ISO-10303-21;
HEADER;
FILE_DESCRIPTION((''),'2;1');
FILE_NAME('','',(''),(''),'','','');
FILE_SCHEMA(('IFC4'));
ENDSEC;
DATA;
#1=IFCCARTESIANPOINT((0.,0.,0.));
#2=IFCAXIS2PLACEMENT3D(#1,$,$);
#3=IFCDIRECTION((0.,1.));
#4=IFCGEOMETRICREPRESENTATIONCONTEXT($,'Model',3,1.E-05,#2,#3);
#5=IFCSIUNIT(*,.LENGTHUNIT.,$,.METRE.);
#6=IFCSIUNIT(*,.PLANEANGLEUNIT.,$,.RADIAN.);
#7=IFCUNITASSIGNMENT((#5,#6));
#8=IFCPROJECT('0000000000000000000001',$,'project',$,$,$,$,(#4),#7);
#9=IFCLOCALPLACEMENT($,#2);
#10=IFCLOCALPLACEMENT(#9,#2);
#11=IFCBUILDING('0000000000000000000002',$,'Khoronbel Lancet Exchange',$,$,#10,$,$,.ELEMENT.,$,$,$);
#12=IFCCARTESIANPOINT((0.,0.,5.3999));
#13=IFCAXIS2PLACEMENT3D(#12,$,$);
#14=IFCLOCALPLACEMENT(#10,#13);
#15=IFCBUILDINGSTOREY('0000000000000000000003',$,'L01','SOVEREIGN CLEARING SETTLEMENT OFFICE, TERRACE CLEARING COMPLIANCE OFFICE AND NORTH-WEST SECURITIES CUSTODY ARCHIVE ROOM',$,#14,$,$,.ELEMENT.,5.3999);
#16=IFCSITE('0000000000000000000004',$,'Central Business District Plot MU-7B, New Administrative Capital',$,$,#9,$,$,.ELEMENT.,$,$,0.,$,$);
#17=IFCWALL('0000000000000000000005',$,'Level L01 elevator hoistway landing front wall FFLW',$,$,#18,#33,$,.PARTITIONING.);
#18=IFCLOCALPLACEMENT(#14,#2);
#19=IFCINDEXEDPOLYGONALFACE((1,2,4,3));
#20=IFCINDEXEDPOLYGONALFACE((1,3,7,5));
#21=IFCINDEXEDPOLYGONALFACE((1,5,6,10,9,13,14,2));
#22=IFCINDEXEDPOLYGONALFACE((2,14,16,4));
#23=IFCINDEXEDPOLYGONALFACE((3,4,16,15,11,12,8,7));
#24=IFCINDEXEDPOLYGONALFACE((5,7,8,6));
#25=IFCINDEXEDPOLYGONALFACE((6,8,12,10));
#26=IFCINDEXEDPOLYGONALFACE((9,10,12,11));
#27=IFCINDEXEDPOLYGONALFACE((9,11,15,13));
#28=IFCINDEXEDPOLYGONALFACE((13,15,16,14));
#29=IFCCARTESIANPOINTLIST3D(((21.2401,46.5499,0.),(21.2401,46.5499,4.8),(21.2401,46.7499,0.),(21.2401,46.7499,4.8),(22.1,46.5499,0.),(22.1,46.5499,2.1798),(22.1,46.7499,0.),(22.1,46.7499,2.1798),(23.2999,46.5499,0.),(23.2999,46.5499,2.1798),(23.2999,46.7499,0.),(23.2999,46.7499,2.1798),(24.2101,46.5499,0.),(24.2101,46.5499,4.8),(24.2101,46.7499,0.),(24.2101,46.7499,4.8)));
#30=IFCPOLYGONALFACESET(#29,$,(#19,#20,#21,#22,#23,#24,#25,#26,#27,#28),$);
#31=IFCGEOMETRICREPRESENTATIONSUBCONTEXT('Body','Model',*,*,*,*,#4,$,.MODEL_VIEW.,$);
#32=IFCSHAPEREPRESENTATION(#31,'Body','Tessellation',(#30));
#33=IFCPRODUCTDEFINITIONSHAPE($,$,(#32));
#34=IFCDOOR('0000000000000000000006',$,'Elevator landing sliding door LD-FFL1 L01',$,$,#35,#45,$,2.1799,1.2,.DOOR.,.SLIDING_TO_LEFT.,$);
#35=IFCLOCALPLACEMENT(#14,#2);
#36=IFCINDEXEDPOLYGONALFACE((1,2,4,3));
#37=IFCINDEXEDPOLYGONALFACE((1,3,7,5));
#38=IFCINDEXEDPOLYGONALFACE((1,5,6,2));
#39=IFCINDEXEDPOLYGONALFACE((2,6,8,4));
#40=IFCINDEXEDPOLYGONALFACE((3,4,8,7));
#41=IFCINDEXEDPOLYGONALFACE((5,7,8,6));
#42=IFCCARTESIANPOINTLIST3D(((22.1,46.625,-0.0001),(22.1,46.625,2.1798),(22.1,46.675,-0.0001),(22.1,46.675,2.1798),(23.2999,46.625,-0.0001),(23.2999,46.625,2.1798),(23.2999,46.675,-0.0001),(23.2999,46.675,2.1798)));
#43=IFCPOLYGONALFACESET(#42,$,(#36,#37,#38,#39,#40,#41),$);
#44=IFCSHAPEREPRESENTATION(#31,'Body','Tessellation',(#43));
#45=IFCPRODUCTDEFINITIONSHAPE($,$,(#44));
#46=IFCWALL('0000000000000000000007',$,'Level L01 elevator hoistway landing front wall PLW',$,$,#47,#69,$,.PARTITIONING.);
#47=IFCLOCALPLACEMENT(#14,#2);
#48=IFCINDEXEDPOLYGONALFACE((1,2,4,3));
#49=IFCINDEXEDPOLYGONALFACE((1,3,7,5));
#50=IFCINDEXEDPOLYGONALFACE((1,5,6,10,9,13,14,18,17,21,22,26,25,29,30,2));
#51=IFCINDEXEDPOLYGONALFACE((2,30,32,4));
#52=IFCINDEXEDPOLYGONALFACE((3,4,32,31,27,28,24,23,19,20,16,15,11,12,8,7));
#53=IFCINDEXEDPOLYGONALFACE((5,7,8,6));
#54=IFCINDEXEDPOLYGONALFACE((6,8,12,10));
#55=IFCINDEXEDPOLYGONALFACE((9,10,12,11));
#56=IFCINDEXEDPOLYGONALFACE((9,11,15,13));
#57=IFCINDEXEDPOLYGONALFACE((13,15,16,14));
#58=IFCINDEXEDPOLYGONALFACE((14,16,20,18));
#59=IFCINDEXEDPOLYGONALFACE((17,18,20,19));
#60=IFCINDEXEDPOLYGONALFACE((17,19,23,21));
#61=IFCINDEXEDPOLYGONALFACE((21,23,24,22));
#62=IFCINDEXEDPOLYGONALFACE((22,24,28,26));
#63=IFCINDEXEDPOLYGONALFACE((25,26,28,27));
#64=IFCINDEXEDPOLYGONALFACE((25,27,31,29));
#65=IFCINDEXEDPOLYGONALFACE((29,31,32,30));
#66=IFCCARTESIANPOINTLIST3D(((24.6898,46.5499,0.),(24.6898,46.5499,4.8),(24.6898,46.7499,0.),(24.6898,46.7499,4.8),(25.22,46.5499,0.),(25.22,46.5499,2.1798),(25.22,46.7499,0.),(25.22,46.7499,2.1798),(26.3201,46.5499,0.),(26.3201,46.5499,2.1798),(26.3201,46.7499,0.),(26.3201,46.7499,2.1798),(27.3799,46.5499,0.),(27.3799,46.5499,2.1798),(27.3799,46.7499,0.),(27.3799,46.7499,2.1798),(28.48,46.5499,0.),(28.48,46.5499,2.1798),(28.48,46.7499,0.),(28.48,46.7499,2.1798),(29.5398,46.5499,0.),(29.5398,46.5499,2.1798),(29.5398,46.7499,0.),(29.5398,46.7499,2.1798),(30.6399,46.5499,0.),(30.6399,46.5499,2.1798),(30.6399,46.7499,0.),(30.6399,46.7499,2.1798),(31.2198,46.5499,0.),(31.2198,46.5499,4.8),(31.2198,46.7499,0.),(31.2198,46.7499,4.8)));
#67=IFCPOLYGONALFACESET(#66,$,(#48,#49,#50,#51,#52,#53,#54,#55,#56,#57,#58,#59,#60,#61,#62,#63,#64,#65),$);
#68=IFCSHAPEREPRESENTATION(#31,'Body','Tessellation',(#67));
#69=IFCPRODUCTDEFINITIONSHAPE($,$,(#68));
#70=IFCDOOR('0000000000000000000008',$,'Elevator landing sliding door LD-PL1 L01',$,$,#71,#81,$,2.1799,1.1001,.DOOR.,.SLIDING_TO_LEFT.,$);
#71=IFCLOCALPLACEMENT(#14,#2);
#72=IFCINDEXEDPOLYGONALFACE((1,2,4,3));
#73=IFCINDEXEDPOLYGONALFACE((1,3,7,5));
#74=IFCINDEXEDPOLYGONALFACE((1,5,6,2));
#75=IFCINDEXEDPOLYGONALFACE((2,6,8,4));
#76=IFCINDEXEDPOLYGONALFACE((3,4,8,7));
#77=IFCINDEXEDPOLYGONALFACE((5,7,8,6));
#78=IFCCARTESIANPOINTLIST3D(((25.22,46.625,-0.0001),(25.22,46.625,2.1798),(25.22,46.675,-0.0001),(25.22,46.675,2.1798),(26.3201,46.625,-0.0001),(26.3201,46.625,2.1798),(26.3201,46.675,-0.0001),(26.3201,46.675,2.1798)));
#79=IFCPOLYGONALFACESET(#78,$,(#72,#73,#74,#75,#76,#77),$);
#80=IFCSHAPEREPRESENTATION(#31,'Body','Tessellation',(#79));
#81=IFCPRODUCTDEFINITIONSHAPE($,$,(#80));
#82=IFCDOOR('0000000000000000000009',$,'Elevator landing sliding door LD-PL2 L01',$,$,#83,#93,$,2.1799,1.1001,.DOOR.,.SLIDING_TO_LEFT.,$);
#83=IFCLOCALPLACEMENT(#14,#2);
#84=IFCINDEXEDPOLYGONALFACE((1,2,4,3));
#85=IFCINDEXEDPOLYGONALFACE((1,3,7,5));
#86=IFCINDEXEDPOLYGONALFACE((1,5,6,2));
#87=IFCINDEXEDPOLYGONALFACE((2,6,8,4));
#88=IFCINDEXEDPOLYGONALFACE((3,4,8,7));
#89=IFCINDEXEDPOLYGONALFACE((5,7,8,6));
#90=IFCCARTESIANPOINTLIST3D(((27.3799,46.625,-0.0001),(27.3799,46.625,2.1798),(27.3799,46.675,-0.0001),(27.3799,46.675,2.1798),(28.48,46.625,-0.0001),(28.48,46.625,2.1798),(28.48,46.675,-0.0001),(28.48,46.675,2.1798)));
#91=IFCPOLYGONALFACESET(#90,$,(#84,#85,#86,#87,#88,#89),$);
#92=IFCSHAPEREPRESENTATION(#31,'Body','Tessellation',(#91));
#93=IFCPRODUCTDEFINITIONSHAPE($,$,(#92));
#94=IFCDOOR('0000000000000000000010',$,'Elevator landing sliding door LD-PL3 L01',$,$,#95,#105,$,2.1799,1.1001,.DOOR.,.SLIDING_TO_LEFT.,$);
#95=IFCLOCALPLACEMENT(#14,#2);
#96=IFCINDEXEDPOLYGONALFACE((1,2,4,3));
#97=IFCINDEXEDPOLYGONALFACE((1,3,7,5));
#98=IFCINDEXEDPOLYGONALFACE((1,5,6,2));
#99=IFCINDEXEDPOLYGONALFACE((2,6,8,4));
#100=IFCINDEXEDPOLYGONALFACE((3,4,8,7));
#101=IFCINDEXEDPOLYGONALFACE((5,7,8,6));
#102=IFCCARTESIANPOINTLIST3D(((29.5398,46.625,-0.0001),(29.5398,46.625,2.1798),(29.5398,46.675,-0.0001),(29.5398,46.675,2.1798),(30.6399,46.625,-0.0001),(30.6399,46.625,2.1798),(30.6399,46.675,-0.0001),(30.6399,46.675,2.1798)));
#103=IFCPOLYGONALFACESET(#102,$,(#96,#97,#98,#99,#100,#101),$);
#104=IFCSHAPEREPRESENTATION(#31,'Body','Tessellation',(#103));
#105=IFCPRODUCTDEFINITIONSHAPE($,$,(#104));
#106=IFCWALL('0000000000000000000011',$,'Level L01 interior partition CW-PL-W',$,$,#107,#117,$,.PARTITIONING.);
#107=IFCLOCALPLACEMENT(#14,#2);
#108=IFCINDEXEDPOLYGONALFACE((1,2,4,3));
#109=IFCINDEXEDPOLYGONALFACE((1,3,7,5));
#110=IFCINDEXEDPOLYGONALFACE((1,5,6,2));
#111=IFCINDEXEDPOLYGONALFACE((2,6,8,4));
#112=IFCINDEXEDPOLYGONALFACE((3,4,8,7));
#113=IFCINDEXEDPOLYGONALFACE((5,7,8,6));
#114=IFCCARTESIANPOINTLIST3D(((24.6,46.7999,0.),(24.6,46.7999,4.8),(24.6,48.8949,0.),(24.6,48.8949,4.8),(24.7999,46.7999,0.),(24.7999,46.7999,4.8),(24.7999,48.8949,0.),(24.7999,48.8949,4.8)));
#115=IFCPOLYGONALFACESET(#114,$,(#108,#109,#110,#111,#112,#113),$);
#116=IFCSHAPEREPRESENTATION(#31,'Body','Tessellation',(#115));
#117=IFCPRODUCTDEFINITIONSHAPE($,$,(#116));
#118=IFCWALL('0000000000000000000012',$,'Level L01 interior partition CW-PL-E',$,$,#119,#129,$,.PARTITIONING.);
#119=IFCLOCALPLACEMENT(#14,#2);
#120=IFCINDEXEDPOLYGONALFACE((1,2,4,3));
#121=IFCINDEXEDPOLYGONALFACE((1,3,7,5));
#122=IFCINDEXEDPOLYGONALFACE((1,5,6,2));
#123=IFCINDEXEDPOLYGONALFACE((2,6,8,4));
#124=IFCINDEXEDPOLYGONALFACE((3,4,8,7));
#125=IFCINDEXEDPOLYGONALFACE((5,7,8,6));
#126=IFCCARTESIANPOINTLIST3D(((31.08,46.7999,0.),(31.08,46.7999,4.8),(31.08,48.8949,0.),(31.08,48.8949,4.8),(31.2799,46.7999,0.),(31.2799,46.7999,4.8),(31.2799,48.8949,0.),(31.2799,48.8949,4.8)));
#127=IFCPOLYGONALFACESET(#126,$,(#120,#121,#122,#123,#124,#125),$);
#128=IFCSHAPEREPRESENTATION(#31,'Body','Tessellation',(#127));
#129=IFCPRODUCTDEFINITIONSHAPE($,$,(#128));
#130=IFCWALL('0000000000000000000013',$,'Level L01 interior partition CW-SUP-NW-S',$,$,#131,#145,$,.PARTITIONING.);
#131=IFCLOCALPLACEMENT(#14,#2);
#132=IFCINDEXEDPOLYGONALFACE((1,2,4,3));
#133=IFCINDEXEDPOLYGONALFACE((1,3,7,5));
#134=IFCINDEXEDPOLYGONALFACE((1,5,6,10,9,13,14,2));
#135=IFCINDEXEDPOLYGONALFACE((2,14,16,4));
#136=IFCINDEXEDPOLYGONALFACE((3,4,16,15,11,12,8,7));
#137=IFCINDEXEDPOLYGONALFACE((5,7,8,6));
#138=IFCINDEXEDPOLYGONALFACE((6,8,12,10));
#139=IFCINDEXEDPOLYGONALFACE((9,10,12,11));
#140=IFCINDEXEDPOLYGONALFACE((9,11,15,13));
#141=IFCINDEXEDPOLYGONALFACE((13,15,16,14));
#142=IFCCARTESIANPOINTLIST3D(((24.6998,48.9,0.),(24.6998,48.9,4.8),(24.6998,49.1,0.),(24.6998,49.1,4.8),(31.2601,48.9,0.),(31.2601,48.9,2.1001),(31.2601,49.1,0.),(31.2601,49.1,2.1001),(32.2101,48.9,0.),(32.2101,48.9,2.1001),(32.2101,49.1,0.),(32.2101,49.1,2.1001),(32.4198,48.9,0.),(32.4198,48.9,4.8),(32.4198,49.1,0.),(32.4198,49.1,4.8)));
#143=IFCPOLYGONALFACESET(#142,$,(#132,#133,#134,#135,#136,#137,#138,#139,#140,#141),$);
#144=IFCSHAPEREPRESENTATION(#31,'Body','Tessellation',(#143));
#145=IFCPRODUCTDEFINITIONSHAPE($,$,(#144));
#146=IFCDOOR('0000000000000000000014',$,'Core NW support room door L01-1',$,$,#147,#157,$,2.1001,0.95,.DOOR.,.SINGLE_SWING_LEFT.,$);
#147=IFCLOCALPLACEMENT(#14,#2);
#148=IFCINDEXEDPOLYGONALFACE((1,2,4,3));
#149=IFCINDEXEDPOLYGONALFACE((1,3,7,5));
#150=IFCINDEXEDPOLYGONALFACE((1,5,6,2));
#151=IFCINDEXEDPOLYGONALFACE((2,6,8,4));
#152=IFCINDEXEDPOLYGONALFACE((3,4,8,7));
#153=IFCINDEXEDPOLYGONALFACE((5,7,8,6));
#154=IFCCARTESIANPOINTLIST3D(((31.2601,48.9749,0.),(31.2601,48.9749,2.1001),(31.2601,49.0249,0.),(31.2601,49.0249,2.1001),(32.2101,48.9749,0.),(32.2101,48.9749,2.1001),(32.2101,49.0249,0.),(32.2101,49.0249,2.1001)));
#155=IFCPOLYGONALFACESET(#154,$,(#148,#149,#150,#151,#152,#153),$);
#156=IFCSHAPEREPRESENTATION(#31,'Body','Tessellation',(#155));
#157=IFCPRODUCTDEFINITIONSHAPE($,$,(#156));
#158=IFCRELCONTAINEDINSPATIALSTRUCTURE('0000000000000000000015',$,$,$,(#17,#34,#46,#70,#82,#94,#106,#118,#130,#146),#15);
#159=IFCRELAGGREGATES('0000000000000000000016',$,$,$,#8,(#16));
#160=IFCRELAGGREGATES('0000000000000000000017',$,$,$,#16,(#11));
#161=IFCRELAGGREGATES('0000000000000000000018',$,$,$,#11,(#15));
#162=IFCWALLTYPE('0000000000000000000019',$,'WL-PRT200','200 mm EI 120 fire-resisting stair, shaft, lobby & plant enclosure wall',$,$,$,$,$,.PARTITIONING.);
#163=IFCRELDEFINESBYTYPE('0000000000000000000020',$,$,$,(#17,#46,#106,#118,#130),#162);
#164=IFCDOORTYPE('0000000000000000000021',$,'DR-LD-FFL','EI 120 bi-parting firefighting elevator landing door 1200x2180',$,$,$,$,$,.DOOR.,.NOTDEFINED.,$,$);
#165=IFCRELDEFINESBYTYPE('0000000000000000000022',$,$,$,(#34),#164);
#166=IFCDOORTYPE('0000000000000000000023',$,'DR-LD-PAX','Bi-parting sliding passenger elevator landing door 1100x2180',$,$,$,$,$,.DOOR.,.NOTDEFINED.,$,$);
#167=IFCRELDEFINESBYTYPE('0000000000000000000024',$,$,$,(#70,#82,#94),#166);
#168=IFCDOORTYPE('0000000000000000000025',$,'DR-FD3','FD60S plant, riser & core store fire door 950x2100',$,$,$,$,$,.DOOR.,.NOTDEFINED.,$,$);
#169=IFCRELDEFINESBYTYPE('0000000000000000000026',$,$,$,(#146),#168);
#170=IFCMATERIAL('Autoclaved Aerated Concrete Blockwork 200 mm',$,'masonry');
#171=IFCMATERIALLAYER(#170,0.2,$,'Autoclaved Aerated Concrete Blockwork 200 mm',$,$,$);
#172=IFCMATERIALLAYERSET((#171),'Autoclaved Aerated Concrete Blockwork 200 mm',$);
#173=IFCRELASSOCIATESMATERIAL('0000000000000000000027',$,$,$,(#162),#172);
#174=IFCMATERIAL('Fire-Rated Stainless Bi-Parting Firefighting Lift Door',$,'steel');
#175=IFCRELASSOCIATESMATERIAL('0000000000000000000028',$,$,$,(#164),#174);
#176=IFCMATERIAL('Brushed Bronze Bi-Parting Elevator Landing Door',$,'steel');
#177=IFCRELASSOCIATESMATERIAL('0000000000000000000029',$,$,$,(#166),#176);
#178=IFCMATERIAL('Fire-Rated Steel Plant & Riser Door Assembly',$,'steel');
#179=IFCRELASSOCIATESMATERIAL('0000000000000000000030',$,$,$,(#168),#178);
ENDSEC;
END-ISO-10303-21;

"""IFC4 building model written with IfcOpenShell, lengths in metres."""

from ifc_helpers import new_model, si_unit, direction, frame, frame_2d, origin, place, context, subcontext, project, spatial, rectangle, extrude, material, layer, layer_set, type_object, element, fill, save


model = new_model("IFC4")

# Units and contexts
model_context = context("Model", 3, precision=1e-05, world=origin(), true_north=direction((0.0, 1.0)))
body_context = subcontext(model_context, "Body", "Model", "MODEL_VIEW")
ifc_project = project(units=[si_unit("LENGTHUNIT", "METRE"), si_unit("PLANEANGLEUNIT", "RADIAN")], contexts=[model_context])

# Site, building, storey
site_placement = place(None, origin())
site = spatial("IfcSite", under=ifc_project, at=site_placement, Name="Central Business District Plot MU-7B, New Administrative Capital", CompositionType="ELEMENT", RefElevation=0.0)
building_placement = place(site_placement, origin())
building = spatial("IfcBuilding", under=site, at=building_placement, Name="Khoronbel Lancet Exchange", CompositionType="ELEMENT")
storey_placement = place(building_placement, frame((0.0, 0.0, 5.3999)))
storey = spatial("IfcBuildingStorey", under=building, at=storey_placement, Name="L01", Description="SOVEREIGN CLEARING SETTLEMENT OFFICE, TERRACE CLEARING COMPLIANCE OFFICE AND NORTH-WEST SECURITIES CUSTODY ARCHIVE ROOM", CompositionType="ELEMENT", Elevation=5.3999)

# Wall, opening, door
ifc_material_1 = material(Name="Autoclaved Aerated Concrete Blockwork 200 mm", Category="masonry")
ifc_layer_1 = layer(ifc_material_1, 0.2, Name="Autoclaved Aerated Concrete Blockwork 200 mm")
ifc_layer_set_1 = layer_set([ifc_layer_1], Name="Autoclaved Aerated Concrete Blockwork 200 mm")
wall_type_1 = type_object("IfcWallType", Name="WL-PRT200", Description="200 mm EI 120 fire-resisting stair, shaft, lobby & plant enclosure wall", PredefinedType="PARTITIONING", material=ifc_layer_set_1)
wall_1_placement = place(storey_placement, frame((24.21, 46.6499, 0.0), z_axis=(0.0, 0.0, 1.0), x_axis=(-1.0, 0.0, 0.0)))
wall_1 = element("IfcWall", 1, at=wall_1_placement, inside=storey, type_object=wall_type_1, Name="Level L01 elevator hoistway landing front wall FFLW", PredefinedType="PARTITIONING", context=body_context, shape_type="SweptSolid", body=[
    extrude(rectangle(XDim=2.97, YDim=0.2, at=frame_2d((1.4849, 0.0))), origin(), (0.0, 0.0, 1.0), 4.8),
])
opening_1_placement = place(wall_1_placement, frame((0.9099, 0.0, 0.0)))
opening_1 = element("IfcOpeningElement", 2, at=opening_1_placement, cuts=wall_1, PredefinedType="OPENING", context=body_context, shape_type="SweptSolid", body=[
    extrude(rectangle(XDim=1.2, YDim=2.1799, at=frame_2d((0.6001, 1.0898))), frame((0.0, 0.1099, 0.0), z_axis=(0.0, -1.0, 0.0), x_axis=(1.0, 0.0, 0.0)), (0.0, 0.0, 1.0), 0.22),
])
ifc_material_2 = material(Name="Fire-Rated Stainless Bi-Parting Firefighting Lift Door", Category="steel")
door_type_1 = type_object("IfcDoorType", Name="DR-LD-FFL", Description="EI 120 bi-parting firefighting elevator landing door 1200x2180", OperationType="NOTDEFINED", PredefinedType="DOOR", material=ifc_material_2)
door_1_placement = place(opening_1_placement, origin())
door_1 = element("IfcDoor", 3, at=door_1_placement, inside=storey, type_object=door_type_1, Name="Elevator landing sliding door LD-FFL1 L01", OperationType="SLIDING_TO_LEFT", OverallHeight=2.1799, OverallWidth=1.2, PredefinedType="DOOR", context=body_context, shape_type="SweptSolid", body=[
    extrude(rectangle(XDim=1.2, YDim=2.1799, at=frame_2d((0.6001, 1.0898))), frame((0.0, 0.0249, 0.0), z_axis=(0.0, -1.0, 0.0), x_axis=(1.0, 0.0, 0.0)), (0.0, 0.0, 1.0), 0.05),
])
fill(opening_1, door_1)

# Wall, openings, doors
wall_2_placement = place(storey_placement, frame((31.22, 46.6499, 0.0), z_axis=(0.0, 0.0, 1.0), x_axis=(-1.0, 0.0, 0.0)))
wall_2 = element("IfcWall", 4, at=wall_2_placement, inside=storey, type_object=wall_type_1, Name="Level L01 elevator hoistway landing front wall PLW", PredefinedType="PARTITIONING", context=body_context, shape_type="SweptSolid", body=[
    extrude(rectangle(XDim=6.53, YDim=0.2, at=frame_2d((3.2651, 0.0))), origin(), (0.0, 0.0, 1.0), 4.8),
])
opening_2_placement = place(wall_2_placement, frame((4.8999, 0.0, 0.0)))
opening_2 = element("IfcOpeningElement", 5, at=opening_2_placement, cuts=wall_2, PredefinedType="OPENING", context=body_context, shape_type="SweptSolid", body=[
    extrude(rectangle(XDim=1.1001, YDim=2.1799, at=frame_2d((0.55, 1.0898))), frame((0.0, 0.1099, 0.0), z_axis=(0.0, -1.0, 0.0), x_axis=(1.0, 0.0, 0.0)), (0.0, 0.0, 1.0), 0.22),
])
opening_3_placement = place(wall_2_placement, frame((2.74, 0.0, 0.0)))
opening_3 = element("IfcOpeningElement", 6, at=opening_3_placement, cuts=wall_2, PredefinedType="OPENING", context=body_context, shape_type="SweptSolid", body=[
    extrude(rectangle(XDim=1.1001, YDim=2.1799, at=frame_2d((0.55, 1.0898))), frame((0.0, 0.1099, 0.0), z_axis=(0.0, -1.0, 0.0), x_axis=(1.0, 0.0, 0.0)), (0.0, 0.0, 1.0), 0.22),
])
opening_4_placement = place(wall_2_placement, frame((0.5801, 0.0, 0.0)))
opening_4 = element("IfcOpeningElement", 7, at=opening_4_placement, cuts=wall_2, PredefinedType="OPENING", context=body_context, shape_type="SweptSolid", body=[
    extrude(rectangle(XDim=1.1001, YDim=2.1799, at=frame_2d((0.55, 1.0898))), frame((0.0, 0.1099, 0.0), z_axis=(0.0, -1.0, 0.0), x_axis=(1.0, 0.0, 0.0)), (0.0, 0.0, 1.0), 0.22),
])
ifc_material_3 = material(Name="Brushed Bronze Bi-Parting Elevator Landing Door", Category="steel")
door_type_2 = type_object("IfcDoorType", Name="DR-LD-PAX", Description="Bi-parting sliding passenger elevator landing door 1100x2180", OperationType="NOTDEFINED", PredefinedType="DOOR", material=ifc_material_3)
door_2_placement = place(opening_2_placement, origin())
door_2 = element("IfcDoor", 8, at=door_2_placement, inside=storey, type_object=door_type_2, Name="Elevator landing sliding door LD-PL1 L01", OperationType="SLIDING_TO_LEFT", OverallHeight=2.1799, OverallWidth=1.1001, PredefinedType="DOOR", context=body_context, shape_type="SweptSolid", body=[
    extrude(rectangle(XDim=1.1001, YDim=2.1799, at=frame_2d((0.55, 1.0898))), frame((0.0, 0.0249, 0.0), z_axis=(0.0, -1.0, 0.0), x_axis=(1.0, 0.0, 0.0)), (0.0, 0.0, 1.0), 0.05),
])
fill(opening_2, door_2)
door_3_placement = place(opening_3_placement, origin())
door_3 = element("IfcDoor", 9, at=door_3_placement, inside=storey, type_object=door_type_2, Name="Elevator landing sliding door LD-PL2 L01", OperationType="SLIDING_TO_LEFT", OverallHeight=2.1799, OverallWidth=1.1001, PredefinedType="DOOR", context=body_context, shape_type="SweptSolid", body=[
    extrude(rectangle(XDim=1.1001, YDim=2.1799, at=frame_2d((0.55, 1.0898))), frame((0.0, 0.0249, 0.0), z_axis=(0.0, -1.0, 0.0), x_axis=(1.0, 0.0, 0.0)), (0.0, 0.0, 1.0), 0.05),
])
fill(opening_3, door_3)
door_4_placement = place(opening_4_placement, origin())
door_4 = element("IfcDoor", 10, at=door_4_placement, inside=storey, type_object=door_type_2, Name="Elevator landing sliding door LD-PL3 L01", OperationType="SLIDING_TO_LEFT", OverallHeight=2.1799, OverallWidth=1.1001, PredefinedType="DOOR", context=body_context, shape_type="SweptSolid", body=[
    extrude(rectangle(XDim=1.1001, YDim=2.1799, at=frame_2d((0.55, 1.0898))), frame((0.0, 0.0249, 0.0), z_axis=(0.0, -1.0, 0.0), x_axis=(1.0, 0.0, 0.0)), (0.0, 0.0, 1.0), 0.05),
])
fill(opening_4, door_4)

# Walls
for number, where, z_axis, x_axis, name in (
    (11, (24.7, 46.8, 0.0), (0.0, 0.0, 1.0), (0.0, 1.0, 0.0), "Level L01 interior partition CW-PL-W"),
    (12, (31.1799, 46.8, 0.0), (0.0, 0.0, 1.0), (0.0, 1.0, 0.0), "Level L01 interior partition CW-PL-E"),
):
    element("IfcWall", number, at=place(storey_placement, frame(where, z_axis=z_axis, x_axis=x_axis)), inside=storey, type_object=wall_type_1, Name=name, PredefinedType="PARTITIONING", context=body_context, shape_type="SweptSolid", body=[
        extrude(rectangle(XDim=2.095, YDim=0.2, at=frame_2d((1.0474, 0.0))), origin(), (0.0, 0.0, 1.0), 4.8),
    ])

# Wall, opening, door
wall_3_placement = place(storey_placement, frame((24.7, 49.0, 0.0), z_axis=(0.0, 0.0, 1.0), x_axis=(1.0, 0.0, 0.0)))
wall_3 = element("IfcWall", 13, at=wall_3_placement, inside=storey, type_object=wall_type_1, Name="Level L01 interior partition CW-SUP-NW-S", PredefinedType="PARTITIONING", context=body_context, shape_type="SweptSolid", body=[
    extrude(rectangle(XDim=7.72, YDim=0.2, at=frame_2d((3.8599, 0.0))), origin(), (0.0, 0.0, 1.0), 4.8),
])
opening_5_placement = place(wall_3_placement, frame((6.5601, 0.0, 0.0)))
opening_5 = element("IfcOpeningElement", 14, at=opening_5_placement, cuts=wall_3, PredefinedType="OPENING", context=body_context, shape_type="SweptSolid", body=[
    extrude(rectangle(XDim=0.95, YDim=2.1001, at=frame_2d((0.4751, 1.05))), frame((0.0, 0.1099, 0.0), z_axis=(0.0, -1.0, 0.0), x_axis=(1.0, 0.0, 0.0)), (0.0, 0.0, 1.0), 0.22),
])
ifc_material_4 = material(Name="Fire-Rated Steel Plant & Riser Door Assembly", Category="steel")
door_type_3 = type_object("IfcDoorType", Name="DR-FD3", Description="FD60S plant, riser & core store fire door 950x2100", OperationType="NOTDEFINED", PredefinedType="DOOR", material=ifc_material_4)
door_5_placement = place(opening_5_placement, origin())
door_5 = element("IfcDoor", 15, at=door_5_placement, inside=storey, type_object=door_type_3, Name="Core NW support room door L01-1", OperationType="SINGLE_SWING_LEFT", OverallHeight=2.1001, OverallWidth=0.95, PredefinedType="DOOR", context=body_context, shape_type="SweptSolid", body=[
    extrude(rectangle(XDim=0.95, YDim=2.1001, at=frame_2d((0.4751, 1.05))), frame((0.0, 0.0249, 0.0), z_axis=(0.0, -1.0, 0.0), x_axis=(1.0, 0.0, 0.0)), (0.0, 0.0, 1.0), 0.05),
])
fill(opening_5, door_5)

save(model, "model.ifc")
